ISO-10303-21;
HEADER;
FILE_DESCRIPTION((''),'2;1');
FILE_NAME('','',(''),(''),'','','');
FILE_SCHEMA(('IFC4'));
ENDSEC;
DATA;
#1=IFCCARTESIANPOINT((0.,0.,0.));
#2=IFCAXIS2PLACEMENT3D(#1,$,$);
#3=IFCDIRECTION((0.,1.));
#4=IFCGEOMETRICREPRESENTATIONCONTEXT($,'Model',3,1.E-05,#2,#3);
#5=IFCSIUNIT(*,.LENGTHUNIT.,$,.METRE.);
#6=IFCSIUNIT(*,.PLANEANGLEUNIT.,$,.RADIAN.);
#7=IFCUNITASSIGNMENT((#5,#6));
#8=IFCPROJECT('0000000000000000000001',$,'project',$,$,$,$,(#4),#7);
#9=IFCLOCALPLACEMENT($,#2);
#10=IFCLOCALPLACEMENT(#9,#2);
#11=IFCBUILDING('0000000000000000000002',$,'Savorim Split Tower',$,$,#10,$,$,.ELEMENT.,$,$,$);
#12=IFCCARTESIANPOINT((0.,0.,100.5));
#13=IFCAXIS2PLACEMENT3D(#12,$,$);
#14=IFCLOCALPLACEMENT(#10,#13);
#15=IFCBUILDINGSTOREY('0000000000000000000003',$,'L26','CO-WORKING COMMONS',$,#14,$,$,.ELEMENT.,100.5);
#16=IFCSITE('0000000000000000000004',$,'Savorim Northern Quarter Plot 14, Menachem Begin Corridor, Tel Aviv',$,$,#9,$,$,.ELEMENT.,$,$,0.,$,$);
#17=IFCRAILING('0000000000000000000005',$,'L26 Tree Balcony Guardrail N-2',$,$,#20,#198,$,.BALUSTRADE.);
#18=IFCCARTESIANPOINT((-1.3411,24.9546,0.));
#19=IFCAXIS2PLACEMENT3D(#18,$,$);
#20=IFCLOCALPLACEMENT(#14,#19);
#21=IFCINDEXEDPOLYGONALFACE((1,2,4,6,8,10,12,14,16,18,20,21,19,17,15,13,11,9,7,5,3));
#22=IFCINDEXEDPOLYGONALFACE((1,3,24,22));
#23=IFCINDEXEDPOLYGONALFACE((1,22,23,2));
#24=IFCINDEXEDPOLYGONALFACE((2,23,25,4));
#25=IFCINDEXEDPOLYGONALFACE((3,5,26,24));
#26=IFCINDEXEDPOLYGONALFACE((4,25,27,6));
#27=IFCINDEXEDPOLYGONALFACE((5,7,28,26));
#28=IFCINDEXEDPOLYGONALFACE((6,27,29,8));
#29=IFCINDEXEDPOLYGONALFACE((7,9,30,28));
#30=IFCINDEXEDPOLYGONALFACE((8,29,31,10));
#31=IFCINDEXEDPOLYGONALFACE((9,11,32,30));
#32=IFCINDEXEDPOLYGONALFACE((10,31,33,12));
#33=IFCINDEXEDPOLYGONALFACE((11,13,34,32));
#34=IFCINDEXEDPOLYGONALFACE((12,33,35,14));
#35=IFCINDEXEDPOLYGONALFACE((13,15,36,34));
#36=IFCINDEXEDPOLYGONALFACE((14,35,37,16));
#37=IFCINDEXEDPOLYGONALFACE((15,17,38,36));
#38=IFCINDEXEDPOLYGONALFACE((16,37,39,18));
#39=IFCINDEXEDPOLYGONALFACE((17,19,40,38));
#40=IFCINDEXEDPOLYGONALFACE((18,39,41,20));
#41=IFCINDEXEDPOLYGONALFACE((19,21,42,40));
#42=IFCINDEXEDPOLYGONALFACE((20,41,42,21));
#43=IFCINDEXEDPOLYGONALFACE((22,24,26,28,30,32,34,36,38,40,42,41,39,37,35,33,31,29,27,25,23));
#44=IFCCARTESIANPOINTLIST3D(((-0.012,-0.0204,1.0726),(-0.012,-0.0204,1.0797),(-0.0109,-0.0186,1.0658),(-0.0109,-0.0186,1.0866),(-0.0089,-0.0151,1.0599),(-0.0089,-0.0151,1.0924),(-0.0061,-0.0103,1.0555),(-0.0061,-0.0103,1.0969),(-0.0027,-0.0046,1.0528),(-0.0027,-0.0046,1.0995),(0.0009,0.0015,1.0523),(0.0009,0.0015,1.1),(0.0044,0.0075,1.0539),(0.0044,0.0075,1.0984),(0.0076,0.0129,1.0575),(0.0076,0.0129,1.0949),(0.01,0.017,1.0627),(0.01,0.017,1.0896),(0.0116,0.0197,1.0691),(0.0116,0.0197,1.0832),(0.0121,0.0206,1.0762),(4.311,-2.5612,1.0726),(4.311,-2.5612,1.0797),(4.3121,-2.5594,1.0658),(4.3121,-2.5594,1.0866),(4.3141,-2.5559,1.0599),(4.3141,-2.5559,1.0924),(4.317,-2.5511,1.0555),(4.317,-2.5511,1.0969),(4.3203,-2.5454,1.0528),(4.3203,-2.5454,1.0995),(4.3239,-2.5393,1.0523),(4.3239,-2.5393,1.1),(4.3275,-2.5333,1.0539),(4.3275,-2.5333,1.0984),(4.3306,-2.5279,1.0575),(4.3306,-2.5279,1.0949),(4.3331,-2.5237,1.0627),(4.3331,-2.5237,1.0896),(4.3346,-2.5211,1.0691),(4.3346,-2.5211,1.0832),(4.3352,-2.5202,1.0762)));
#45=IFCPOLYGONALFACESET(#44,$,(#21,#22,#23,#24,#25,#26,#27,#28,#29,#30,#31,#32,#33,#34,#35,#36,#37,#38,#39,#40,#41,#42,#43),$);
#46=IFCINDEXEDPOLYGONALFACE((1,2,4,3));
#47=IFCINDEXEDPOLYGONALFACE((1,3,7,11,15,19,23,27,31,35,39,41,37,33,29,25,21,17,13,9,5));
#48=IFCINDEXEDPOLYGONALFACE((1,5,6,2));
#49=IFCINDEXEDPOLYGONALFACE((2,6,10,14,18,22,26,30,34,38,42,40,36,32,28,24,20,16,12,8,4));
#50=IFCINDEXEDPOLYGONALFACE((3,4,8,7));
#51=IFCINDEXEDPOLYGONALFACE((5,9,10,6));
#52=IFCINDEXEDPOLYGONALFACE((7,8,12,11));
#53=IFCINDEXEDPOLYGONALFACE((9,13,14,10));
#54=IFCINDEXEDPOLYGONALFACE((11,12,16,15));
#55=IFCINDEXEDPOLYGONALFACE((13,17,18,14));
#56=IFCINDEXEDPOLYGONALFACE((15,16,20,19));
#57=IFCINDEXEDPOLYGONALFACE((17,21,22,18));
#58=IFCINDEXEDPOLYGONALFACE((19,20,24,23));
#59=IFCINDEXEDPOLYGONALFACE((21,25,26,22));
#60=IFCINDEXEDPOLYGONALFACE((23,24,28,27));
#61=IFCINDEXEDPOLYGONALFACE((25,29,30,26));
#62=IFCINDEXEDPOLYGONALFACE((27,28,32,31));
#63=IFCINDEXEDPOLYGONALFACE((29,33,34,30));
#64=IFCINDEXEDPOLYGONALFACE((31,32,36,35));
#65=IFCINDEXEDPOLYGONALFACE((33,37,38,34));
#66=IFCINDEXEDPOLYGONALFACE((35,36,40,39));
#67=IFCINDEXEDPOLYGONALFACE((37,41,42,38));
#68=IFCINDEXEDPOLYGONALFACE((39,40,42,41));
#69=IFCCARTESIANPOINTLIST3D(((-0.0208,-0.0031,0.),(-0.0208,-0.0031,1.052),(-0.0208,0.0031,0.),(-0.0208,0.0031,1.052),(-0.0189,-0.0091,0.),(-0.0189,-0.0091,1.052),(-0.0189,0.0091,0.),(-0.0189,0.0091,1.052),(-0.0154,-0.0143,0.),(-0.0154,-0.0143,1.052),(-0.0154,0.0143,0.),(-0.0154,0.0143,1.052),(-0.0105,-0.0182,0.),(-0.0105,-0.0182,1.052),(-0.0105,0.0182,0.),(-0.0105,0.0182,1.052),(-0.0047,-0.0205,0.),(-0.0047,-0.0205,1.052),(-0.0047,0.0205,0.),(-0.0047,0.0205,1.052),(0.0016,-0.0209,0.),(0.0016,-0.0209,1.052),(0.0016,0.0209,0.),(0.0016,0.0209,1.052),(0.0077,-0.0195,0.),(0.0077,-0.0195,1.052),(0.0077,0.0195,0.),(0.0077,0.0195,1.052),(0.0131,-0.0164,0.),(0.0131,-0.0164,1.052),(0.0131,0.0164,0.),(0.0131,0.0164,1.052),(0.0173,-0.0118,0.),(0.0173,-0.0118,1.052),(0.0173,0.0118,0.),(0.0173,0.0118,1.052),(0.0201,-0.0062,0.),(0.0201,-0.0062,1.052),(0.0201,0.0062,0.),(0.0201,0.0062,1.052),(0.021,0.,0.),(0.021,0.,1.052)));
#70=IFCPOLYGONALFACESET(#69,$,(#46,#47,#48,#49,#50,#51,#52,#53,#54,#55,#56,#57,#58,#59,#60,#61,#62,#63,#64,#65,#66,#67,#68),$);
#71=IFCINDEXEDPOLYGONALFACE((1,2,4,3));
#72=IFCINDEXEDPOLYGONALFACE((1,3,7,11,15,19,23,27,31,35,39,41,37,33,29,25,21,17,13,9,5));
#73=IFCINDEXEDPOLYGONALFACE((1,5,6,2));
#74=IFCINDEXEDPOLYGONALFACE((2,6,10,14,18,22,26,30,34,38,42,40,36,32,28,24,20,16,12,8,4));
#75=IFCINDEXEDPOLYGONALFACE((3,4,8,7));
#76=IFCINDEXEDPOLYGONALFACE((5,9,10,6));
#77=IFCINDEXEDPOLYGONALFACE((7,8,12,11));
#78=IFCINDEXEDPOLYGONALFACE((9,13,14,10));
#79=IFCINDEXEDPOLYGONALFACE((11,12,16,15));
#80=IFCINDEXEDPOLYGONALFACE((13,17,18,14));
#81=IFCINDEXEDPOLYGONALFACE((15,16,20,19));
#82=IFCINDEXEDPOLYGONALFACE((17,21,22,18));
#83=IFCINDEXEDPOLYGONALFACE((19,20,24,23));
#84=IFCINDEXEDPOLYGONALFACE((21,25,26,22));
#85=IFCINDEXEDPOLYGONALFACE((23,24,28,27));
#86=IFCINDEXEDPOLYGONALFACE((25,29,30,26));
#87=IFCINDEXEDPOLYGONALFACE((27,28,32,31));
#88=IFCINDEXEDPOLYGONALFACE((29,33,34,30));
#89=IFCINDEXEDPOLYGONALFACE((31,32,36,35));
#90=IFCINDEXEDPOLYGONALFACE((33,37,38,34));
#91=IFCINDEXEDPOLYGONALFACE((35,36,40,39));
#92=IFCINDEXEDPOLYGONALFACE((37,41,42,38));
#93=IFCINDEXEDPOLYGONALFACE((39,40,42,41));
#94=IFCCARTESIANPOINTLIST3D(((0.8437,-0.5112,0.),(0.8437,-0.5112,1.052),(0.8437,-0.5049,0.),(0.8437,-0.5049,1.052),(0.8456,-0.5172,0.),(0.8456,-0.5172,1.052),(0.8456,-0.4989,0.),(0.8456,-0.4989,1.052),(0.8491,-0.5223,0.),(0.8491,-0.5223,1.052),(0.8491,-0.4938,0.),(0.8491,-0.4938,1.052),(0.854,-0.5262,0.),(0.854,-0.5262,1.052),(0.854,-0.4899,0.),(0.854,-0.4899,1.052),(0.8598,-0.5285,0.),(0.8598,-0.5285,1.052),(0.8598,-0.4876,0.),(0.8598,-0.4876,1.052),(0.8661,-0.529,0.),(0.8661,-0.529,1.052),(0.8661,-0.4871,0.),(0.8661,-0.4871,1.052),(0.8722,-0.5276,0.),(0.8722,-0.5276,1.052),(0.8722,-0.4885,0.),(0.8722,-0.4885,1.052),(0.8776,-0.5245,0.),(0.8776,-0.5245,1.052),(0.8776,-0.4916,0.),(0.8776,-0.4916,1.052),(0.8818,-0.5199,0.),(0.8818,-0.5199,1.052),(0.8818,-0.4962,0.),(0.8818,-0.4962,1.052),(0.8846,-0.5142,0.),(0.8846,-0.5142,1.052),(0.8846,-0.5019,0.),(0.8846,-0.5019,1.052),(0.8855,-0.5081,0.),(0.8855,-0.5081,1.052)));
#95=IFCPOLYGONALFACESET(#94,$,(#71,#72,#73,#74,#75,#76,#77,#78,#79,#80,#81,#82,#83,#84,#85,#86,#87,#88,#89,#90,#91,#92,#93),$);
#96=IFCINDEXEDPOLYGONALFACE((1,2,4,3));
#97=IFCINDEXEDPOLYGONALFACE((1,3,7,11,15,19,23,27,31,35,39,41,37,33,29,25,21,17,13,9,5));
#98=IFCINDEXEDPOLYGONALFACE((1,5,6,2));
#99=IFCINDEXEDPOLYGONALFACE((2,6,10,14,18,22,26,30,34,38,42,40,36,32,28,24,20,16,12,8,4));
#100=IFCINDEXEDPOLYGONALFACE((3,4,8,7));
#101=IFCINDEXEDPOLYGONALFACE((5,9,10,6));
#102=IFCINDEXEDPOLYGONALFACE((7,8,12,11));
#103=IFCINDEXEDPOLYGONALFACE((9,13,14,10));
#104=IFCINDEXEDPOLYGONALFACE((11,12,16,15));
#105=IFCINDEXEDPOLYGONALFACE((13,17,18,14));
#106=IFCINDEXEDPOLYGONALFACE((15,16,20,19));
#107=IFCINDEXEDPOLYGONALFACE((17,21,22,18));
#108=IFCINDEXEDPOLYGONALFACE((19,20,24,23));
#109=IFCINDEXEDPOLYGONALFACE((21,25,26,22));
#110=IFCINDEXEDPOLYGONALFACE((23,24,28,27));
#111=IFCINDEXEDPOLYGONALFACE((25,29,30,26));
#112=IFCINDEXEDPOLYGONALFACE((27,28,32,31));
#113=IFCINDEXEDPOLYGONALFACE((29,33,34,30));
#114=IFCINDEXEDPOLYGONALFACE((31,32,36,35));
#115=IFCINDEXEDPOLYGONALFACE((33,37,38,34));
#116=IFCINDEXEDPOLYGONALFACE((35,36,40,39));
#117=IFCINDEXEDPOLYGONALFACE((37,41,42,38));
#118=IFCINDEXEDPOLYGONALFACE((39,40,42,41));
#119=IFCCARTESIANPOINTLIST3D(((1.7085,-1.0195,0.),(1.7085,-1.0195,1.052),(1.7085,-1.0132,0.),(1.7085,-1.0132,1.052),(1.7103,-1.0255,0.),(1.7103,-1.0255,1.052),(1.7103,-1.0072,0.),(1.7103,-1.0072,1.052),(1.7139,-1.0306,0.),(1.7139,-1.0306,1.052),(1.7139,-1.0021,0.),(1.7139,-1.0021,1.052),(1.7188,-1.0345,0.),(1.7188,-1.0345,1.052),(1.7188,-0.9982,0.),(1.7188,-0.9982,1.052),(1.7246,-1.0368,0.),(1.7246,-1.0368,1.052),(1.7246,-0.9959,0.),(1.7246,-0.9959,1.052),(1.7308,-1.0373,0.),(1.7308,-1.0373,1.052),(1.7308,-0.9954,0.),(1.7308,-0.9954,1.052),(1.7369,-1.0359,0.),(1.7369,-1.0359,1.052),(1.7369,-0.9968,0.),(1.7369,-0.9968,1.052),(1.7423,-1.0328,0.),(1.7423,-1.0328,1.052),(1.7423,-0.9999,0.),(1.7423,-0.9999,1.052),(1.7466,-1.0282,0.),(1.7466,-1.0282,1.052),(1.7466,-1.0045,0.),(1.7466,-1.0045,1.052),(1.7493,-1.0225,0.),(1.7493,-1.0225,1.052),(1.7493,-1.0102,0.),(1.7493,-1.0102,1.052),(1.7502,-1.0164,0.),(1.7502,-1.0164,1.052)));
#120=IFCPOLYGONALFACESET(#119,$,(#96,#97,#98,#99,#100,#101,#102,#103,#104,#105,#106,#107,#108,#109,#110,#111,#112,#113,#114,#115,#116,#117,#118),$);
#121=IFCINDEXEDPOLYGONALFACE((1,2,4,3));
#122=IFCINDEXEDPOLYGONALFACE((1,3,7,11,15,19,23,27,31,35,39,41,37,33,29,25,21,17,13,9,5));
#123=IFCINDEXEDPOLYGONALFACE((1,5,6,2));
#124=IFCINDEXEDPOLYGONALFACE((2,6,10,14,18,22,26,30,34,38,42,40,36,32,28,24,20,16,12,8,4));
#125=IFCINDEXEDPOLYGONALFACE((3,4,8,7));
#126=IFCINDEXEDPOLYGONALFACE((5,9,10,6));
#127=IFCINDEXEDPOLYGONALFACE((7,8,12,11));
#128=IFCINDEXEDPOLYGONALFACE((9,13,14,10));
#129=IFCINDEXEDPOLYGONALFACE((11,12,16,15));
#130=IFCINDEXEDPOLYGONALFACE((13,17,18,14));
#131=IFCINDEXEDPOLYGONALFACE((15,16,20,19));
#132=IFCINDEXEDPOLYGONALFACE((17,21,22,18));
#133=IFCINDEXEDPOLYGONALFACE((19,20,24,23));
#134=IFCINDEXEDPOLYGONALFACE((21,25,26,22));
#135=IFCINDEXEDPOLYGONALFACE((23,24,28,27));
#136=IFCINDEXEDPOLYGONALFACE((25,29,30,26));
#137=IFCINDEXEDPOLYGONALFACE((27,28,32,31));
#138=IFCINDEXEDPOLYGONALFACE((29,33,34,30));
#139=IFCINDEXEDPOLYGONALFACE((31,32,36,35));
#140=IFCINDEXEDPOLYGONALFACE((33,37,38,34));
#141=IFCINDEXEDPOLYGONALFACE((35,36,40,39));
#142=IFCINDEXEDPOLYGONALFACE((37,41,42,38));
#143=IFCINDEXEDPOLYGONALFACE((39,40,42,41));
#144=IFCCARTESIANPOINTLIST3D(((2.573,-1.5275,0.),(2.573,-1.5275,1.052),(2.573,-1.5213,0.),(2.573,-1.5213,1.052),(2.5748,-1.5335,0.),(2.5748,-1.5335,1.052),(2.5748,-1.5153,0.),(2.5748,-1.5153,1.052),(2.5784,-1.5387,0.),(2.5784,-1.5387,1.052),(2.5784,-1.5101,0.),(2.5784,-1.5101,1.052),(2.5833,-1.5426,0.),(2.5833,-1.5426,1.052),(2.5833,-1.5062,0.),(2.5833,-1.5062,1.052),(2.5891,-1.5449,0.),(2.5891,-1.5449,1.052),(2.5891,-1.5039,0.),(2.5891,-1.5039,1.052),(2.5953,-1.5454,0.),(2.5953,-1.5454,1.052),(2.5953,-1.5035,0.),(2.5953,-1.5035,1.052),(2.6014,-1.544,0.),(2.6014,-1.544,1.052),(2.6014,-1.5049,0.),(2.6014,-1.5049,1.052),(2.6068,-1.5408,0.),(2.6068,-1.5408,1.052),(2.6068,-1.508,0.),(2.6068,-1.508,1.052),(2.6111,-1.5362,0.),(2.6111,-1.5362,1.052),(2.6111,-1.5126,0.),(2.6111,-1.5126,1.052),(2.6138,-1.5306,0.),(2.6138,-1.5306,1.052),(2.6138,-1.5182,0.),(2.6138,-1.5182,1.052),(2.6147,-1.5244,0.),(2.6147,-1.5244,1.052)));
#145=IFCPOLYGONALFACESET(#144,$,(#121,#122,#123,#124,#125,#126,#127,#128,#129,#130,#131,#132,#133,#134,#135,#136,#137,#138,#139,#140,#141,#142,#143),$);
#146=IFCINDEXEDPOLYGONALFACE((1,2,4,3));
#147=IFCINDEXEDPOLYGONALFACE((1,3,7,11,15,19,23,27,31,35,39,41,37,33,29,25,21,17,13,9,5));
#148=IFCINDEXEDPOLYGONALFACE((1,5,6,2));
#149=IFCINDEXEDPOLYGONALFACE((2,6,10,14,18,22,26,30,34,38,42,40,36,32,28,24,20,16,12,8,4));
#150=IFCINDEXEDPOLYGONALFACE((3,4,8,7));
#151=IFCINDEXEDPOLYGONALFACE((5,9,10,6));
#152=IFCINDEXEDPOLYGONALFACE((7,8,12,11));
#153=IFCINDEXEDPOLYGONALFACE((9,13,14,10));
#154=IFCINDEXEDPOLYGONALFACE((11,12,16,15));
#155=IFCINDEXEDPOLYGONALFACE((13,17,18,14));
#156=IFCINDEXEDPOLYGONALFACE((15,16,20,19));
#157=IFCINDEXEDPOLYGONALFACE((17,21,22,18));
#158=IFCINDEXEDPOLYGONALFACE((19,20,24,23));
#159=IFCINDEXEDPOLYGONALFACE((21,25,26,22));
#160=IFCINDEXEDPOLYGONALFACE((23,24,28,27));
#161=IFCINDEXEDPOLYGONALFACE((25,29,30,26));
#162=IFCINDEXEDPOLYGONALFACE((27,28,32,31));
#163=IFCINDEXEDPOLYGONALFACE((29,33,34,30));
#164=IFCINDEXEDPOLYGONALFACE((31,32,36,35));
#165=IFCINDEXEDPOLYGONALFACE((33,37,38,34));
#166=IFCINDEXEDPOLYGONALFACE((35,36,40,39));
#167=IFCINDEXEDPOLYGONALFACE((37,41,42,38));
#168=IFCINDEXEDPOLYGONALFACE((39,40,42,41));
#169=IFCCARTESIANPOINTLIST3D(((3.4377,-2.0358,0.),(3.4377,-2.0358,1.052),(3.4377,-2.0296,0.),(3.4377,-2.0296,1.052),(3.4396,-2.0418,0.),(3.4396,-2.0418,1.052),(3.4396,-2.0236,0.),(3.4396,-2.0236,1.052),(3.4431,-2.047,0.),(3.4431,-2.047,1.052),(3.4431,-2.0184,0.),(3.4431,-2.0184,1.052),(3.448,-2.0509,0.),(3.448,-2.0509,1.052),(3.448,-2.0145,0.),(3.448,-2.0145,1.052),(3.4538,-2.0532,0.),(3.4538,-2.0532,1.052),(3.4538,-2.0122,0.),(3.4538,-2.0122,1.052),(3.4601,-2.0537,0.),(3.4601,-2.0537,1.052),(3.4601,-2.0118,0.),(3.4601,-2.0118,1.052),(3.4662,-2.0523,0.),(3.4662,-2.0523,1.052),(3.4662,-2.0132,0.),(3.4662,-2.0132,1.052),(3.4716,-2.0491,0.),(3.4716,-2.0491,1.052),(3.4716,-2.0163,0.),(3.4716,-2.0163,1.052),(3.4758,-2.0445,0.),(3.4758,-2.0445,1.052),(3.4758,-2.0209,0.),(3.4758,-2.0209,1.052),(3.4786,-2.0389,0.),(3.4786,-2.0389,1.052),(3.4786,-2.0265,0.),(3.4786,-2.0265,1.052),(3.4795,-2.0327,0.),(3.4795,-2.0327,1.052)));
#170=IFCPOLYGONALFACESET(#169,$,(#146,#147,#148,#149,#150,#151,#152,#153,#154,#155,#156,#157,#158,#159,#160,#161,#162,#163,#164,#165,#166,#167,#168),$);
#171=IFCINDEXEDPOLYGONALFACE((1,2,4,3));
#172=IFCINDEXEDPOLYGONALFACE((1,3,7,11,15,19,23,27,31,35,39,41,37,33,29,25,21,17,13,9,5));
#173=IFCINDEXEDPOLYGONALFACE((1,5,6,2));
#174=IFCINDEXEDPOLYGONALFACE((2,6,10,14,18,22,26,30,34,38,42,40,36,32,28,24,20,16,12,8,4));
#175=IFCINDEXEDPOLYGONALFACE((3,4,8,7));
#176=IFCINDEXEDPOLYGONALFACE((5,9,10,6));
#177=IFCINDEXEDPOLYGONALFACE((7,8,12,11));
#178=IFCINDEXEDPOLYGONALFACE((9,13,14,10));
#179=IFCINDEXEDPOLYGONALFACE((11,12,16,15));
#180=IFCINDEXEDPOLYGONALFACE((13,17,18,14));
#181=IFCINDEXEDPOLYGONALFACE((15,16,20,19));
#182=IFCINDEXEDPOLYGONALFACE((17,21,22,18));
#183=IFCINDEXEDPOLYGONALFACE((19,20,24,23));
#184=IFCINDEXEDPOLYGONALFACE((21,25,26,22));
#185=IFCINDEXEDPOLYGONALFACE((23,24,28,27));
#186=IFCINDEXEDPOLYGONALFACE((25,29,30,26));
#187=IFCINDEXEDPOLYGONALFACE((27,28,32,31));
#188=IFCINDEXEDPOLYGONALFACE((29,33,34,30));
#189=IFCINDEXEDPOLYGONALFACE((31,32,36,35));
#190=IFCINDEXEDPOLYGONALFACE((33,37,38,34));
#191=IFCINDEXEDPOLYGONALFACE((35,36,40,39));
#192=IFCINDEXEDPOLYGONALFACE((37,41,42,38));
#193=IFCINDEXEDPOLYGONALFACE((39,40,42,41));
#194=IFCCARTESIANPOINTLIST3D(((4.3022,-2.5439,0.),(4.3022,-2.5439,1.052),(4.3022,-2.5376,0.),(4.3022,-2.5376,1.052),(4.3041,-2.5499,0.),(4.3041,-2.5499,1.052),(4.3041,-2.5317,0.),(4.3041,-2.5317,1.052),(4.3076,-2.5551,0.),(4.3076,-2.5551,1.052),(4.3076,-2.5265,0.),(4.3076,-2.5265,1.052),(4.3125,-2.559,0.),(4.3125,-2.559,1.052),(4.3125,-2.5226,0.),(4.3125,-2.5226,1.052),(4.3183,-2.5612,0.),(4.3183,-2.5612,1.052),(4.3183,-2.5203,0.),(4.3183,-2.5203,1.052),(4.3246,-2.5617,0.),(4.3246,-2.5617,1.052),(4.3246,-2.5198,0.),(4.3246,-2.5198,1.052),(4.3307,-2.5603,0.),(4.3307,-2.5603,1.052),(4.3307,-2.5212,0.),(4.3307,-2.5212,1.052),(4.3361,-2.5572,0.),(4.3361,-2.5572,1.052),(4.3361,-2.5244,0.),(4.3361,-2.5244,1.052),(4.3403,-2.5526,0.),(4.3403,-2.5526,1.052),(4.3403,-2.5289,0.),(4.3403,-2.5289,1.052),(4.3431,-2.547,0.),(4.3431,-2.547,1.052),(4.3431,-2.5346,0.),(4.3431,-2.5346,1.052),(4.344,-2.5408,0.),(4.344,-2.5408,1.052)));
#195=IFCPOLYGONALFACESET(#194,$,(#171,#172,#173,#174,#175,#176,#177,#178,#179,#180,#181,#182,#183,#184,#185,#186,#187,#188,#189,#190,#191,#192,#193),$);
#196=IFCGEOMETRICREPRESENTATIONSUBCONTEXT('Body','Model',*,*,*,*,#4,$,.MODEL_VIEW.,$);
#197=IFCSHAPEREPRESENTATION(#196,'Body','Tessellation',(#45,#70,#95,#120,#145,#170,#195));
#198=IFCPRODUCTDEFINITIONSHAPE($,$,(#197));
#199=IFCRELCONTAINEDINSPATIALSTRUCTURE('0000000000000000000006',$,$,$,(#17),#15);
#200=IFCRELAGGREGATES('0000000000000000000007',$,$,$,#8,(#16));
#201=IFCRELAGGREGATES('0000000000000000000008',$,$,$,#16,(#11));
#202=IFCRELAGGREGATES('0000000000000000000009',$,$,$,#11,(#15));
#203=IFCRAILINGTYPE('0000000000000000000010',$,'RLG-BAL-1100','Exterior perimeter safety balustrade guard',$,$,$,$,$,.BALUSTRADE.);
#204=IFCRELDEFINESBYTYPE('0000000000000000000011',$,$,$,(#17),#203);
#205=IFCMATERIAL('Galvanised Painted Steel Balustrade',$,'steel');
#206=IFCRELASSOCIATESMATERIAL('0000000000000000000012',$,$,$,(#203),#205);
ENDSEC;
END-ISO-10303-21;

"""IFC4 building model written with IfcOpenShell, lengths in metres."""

from ifc_helpers import new_model, si_unit, direction, frame, origin, origin_2d, place, context, subcontext, project, spatial, circle, extrude, material, type_object, element, save


model = new_model("IFC4")

# Units and contexts
model_context = context("Model", 3, precision=1e-05, world=origin(), true_north=direction((0.0, 1.0)))
body_context = subcontext(model_context, "Body", "Model", "MODEL_VIEW")
ifc_project = project(units=[si_unit("LENGTHUNIT", "METRE"), si_unit("PLANEANGLEUNIT", "RADIAN")], contexts=[model_context])

# Site, building, storey
site_placement = place(None, origin())
site = spatial("IfcSite", under=ifc_project, at=site_placement, Name="Savorim Northern Quarter Plot 14, Menachem Begin Corridor, Tel Aviv", CompositionType="ELEMENT", RefElevation=0.0)
building_placement = place(site_placement, origin())
building = spatial("IfcBuilding", under=site, at=building_placement, Name="Savorim Split Tower", CompositionType="ELEMENT")
storey_placement = place(building_placement, frame((0.0, 0.0, 100.5)))
storey = spatial("IfcBuildingStorey", under=building, at=storey_placement, Name="L26", Description="CO-WORKING COMMONS", CompositionType="ELEMENT", Elevation=100.5)

# Railing
ifc_material_1 = material(Name="Galvanised Painted Steel Balustrade", Category="steel")
railing_type = type_object("IfcRailingType", Name="RLG-BAL-1100", Description="Exterior perimeter safety balustrade guard", PredefinedType="BALUSTRADE", material=ifc_material_1)
railing_1_placement = place(storey_placement, frame((-1.3411, 24.9546, 0.0)))
element("IfcRailing", 1, at=railing_1_placement, inside=storey, type_object=railing_type, Name="L26 Tree Balcony Guardrail N-2", PredefinedType="BALUSTRADE", context=body_context, shape_type="SweptSolid", body=[
    extrude(circle(Radius=0.0239, at=origin_2d()), frame((0.0, 0.0, 1.0762), z_axis=(0.862123, -0.506699, 0.0), x_axis=(0.506699, 0.862123, 0.0)), (0.0, 0.0, 1.0), 5.0144),
    extrude(circle(Radius=0.021, at=origin_2d()), origin(), (0.0, 0.0, 1.0), 1.052),
    extrude(circle(Radius=0.021, at=origin_2d()), frame((0.8645, -0.5081, 0.0)), (0.0, 0.0, 1.0), 1.052),
    extrude(circle(Radius=0.021, at=origin_2d()), frame((1.7292, -1.0164, 0.0)), (0.0, 0.0, 1.0), 1.052),
    extrude(circle(Radius=0.021, at=origin_2d()), frame((2.5938, -1.5244, 0.0)), (0.0, 0.0, 1.0), 1.052),
    extrude(circle(Radius=0.021, at=origin_2d()), frame((3.4585, -2.0327, 0.0)), (0.0, 0.0, 1.0), 1.052),
    extrude(circle(Radius=0.021, at=origin_2d()), frame((4.323, -2.5408, 0.0)), (0.0, 0.0, 1.0), 1.052),
])

save(model, "model.ifc")
